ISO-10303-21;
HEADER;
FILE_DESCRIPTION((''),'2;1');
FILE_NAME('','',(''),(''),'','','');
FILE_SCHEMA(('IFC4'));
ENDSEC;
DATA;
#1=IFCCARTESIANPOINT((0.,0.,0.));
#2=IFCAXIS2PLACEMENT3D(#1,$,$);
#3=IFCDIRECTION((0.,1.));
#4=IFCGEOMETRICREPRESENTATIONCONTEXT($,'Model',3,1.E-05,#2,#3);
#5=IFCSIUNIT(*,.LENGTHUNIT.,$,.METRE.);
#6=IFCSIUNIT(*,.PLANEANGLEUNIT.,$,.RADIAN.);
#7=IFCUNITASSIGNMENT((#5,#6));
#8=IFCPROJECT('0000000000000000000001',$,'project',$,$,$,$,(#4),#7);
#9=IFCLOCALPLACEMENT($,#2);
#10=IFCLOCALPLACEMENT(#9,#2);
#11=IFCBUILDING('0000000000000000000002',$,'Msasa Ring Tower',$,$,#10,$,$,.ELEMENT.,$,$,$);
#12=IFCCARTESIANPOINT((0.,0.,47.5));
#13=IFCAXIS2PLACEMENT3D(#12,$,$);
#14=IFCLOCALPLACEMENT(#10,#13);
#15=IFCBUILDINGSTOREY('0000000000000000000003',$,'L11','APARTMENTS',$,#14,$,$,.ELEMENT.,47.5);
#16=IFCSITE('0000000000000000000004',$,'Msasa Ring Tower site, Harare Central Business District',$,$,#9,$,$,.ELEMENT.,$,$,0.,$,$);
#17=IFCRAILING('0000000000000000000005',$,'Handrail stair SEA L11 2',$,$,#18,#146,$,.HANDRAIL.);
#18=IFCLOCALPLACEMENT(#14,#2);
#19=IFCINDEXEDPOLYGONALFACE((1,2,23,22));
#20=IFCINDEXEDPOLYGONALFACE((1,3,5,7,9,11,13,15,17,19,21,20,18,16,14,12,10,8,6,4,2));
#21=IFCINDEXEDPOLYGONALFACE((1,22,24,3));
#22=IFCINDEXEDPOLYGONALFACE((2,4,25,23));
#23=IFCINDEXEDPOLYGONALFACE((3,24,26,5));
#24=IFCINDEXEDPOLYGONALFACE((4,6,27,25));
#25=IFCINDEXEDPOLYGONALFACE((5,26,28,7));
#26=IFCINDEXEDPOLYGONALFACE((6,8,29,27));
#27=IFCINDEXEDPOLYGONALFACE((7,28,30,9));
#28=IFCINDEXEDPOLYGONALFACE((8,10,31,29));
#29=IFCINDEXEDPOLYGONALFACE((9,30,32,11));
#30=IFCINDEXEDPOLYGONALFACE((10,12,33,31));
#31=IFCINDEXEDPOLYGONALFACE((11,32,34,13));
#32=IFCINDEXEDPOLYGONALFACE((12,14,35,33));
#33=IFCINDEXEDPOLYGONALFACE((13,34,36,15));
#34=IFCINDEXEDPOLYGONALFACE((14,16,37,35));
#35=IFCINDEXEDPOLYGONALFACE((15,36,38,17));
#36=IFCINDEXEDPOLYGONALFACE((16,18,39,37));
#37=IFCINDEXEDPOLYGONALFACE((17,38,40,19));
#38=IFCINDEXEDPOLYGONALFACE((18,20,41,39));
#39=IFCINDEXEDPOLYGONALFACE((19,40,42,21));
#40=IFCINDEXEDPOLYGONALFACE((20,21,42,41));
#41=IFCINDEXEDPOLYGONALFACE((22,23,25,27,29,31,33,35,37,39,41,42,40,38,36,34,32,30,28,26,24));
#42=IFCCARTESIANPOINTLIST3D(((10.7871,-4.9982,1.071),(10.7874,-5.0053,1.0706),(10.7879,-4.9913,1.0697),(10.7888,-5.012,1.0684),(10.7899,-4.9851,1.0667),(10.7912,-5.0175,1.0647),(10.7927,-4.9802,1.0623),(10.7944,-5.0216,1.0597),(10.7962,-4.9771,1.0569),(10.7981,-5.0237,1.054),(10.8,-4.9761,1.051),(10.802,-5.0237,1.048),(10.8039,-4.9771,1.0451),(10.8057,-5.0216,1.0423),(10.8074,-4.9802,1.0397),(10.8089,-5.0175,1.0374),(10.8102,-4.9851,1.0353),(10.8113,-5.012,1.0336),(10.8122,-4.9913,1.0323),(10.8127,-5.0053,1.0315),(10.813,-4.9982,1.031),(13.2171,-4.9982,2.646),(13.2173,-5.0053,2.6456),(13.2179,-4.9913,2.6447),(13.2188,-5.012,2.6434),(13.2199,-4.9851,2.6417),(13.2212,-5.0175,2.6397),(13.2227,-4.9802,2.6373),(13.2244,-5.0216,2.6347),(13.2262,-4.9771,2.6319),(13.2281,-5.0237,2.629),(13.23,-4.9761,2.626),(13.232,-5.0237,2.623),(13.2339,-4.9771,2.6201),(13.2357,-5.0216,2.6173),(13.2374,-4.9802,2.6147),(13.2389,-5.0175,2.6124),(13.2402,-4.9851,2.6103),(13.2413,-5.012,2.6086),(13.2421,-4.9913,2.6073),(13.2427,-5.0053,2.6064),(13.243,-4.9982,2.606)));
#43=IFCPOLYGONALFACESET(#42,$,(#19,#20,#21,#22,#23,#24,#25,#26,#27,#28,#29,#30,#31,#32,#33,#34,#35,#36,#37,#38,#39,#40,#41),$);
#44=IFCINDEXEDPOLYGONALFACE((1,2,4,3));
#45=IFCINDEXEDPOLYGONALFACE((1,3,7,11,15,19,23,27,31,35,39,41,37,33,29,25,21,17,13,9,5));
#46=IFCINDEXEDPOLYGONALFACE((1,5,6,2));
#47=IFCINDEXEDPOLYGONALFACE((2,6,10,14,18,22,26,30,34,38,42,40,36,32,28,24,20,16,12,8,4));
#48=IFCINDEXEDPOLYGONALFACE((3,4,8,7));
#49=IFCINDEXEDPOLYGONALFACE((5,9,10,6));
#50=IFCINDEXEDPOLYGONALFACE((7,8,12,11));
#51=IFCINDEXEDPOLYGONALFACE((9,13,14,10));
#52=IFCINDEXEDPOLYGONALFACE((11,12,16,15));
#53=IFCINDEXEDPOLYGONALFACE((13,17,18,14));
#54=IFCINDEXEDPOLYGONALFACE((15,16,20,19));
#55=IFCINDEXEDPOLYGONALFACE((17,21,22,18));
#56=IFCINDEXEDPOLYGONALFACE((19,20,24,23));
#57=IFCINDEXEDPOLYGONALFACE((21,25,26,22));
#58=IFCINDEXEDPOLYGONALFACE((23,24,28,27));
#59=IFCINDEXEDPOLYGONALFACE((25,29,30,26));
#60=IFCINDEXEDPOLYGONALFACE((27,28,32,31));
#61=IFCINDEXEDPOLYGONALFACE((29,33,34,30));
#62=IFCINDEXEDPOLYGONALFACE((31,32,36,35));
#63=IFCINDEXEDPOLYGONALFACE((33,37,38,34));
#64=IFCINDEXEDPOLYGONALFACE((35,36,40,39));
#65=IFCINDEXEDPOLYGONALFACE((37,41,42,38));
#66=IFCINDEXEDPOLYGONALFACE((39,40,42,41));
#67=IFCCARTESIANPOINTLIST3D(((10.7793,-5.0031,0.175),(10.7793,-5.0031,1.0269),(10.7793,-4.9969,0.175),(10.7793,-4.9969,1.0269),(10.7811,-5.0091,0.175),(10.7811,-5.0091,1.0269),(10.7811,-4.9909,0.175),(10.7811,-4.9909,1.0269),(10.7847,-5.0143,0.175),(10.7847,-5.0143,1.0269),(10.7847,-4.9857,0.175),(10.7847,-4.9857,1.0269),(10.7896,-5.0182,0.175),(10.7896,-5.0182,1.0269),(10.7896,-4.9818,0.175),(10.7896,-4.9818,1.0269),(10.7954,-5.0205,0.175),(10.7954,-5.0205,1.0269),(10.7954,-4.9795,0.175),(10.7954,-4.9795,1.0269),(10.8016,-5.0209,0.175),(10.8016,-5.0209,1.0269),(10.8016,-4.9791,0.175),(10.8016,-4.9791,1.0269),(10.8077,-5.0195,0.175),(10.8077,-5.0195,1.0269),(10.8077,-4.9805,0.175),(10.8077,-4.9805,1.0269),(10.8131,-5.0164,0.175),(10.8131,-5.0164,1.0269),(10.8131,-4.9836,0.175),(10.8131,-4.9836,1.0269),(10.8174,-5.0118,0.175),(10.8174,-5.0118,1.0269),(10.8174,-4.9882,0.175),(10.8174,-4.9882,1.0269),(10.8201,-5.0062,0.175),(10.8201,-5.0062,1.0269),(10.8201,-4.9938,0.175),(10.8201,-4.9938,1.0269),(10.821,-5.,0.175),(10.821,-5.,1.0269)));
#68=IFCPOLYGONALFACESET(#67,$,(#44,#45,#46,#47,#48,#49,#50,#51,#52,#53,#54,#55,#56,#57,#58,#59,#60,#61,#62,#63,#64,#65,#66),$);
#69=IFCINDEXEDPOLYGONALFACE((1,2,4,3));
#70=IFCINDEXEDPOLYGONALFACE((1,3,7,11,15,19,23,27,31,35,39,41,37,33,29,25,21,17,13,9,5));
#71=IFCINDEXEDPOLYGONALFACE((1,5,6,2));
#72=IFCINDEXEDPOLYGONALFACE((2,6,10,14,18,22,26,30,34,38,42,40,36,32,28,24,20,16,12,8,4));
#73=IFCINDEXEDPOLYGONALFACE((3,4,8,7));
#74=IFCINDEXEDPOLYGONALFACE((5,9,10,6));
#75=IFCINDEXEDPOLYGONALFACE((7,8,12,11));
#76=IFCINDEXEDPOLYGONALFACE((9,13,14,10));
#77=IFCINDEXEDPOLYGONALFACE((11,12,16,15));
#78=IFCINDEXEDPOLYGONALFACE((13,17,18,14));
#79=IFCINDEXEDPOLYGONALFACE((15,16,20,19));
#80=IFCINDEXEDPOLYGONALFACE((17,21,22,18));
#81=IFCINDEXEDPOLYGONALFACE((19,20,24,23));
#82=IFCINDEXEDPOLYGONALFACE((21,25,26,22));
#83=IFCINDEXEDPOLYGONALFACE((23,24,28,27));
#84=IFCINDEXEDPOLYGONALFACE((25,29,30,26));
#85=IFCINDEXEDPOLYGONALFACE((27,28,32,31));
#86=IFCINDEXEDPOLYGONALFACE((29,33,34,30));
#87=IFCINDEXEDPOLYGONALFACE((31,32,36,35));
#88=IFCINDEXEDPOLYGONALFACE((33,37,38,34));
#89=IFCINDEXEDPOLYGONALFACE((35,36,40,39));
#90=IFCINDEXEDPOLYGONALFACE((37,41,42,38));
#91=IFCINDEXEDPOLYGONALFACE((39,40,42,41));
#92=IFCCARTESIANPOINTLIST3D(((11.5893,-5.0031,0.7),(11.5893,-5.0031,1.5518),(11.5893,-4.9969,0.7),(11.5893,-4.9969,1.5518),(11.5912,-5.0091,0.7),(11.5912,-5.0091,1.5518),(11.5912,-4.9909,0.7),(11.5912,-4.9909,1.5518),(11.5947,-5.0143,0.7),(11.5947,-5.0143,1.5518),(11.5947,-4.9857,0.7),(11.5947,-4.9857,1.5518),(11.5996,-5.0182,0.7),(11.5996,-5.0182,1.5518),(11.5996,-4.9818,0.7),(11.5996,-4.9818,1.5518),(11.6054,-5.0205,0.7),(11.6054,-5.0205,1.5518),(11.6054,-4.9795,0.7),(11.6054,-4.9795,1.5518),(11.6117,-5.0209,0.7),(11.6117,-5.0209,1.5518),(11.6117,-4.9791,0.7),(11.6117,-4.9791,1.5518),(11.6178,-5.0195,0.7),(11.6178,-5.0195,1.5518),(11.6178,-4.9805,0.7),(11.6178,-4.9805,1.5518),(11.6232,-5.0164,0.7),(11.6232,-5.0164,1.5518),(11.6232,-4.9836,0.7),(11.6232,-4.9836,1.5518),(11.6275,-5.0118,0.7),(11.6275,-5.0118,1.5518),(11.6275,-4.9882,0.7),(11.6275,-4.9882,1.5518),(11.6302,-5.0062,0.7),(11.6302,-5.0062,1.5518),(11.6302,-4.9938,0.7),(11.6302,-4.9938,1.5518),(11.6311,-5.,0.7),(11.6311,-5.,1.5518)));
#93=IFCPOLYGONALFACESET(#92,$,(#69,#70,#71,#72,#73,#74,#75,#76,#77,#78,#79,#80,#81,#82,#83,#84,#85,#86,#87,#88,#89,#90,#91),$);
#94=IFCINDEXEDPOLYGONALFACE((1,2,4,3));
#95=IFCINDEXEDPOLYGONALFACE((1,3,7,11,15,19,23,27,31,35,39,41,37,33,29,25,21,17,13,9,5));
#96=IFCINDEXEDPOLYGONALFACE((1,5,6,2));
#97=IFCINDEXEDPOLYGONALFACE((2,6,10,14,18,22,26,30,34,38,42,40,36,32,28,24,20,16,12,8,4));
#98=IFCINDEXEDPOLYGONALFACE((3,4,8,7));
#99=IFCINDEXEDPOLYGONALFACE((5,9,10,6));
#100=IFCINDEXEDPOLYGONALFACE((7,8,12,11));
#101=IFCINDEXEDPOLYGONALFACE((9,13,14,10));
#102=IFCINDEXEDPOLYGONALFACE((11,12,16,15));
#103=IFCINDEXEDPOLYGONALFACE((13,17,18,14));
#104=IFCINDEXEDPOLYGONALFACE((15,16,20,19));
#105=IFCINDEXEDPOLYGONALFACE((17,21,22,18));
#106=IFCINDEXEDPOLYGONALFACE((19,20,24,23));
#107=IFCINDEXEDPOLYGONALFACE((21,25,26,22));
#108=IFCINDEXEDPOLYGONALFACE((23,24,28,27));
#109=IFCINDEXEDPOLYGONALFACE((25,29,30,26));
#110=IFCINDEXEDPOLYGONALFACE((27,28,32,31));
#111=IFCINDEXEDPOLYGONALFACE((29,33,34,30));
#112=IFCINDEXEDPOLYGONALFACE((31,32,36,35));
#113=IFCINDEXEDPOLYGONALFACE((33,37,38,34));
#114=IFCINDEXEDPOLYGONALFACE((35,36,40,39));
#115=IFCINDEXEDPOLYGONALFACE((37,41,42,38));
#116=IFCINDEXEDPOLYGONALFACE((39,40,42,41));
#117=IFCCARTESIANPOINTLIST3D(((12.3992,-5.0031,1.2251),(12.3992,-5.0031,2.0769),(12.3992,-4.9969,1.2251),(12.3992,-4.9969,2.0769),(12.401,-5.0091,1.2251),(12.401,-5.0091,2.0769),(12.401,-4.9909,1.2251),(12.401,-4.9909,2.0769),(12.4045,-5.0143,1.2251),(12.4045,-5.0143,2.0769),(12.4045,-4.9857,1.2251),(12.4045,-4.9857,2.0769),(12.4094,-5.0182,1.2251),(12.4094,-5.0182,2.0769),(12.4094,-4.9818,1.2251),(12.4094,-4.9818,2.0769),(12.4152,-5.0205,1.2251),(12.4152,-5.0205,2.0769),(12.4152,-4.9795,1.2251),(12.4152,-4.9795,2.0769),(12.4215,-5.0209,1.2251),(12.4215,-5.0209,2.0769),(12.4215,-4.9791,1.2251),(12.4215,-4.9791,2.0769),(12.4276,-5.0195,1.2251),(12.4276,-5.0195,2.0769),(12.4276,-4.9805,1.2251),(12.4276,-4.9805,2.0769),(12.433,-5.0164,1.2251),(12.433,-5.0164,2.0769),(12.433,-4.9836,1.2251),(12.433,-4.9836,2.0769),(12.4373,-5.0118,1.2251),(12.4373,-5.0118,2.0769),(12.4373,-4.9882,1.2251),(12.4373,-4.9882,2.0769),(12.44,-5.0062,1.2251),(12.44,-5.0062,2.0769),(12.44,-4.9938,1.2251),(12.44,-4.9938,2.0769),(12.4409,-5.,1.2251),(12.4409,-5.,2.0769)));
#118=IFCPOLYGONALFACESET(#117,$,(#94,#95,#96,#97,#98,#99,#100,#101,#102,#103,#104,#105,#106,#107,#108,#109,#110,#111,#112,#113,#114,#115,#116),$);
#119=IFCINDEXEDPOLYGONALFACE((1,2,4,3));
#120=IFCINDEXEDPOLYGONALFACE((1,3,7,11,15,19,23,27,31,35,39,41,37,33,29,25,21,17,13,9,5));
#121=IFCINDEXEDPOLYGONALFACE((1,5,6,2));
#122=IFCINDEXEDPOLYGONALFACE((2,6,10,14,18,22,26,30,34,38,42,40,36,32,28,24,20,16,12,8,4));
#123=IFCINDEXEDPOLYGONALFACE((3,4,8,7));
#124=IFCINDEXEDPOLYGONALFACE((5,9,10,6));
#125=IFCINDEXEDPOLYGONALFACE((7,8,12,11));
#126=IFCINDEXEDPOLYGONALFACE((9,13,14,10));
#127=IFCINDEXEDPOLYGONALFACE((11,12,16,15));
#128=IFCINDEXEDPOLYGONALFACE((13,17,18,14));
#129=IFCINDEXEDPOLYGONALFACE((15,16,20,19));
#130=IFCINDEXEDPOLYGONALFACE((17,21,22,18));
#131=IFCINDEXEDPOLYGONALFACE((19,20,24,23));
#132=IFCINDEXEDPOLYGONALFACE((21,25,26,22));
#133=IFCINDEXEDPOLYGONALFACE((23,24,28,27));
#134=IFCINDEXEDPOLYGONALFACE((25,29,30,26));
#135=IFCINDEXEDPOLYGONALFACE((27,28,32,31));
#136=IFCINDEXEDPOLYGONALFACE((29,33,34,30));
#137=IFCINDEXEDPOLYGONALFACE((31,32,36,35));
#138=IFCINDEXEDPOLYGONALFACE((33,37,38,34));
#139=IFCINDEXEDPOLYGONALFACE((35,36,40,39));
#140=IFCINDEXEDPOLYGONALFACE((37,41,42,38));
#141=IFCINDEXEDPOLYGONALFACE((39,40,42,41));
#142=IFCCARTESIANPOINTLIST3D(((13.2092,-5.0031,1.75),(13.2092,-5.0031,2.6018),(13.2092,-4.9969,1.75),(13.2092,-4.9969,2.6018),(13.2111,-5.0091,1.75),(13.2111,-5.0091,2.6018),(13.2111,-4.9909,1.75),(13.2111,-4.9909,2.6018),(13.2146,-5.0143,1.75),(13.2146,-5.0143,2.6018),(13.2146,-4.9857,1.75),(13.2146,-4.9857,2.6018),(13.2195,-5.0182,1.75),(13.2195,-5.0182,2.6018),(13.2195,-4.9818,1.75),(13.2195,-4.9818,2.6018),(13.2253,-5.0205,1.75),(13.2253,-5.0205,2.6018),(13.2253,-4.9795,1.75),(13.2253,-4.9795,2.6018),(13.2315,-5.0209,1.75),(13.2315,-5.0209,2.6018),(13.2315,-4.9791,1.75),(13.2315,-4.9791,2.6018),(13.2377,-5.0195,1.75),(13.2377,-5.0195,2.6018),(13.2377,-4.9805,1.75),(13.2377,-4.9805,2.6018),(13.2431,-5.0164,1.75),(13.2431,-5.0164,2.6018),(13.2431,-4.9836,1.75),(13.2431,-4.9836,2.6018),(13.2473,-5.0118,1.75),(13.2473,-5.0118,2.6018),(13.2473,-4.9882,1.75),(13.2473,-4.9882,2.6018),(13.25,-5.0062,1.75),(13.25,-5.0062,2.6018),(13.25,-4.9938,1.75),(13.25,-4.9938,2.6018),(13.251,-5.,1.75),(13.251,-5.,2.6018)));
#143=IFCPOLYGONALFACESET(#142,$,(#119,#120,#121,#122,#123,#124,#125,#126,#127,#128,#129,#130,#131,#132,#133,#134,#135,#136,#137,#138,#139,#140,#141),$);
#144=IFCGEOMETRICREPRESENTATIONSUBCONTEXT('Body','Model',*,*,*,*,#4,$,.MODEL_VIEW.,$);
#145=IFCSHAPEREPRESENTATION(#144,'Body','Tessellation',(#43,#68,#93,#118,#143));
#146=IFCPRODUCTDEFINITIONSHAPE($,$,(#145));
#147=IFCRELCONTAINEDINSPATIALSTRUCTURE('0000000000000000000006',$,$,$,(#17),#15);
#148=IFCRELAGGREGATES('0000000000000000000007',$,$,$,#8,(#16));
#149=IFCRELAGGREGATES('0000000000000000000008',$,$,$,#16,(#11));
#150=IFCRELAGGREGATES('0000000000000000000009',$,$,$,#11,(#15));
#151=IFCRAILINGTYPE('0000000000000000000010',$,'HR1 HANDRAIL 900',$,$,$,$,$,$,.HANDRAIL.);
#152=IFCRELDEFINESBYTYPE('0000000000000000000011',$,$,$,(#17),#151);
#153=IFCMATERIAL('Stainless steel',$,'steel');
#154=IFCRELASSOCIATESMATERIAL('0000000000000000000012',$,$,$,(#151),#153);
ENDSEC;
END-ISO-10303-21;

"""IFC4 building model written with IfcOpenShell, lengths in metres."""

from ifc_helpers import new_model, si_unit, direction, frame, origin, origin_2d, place, context, subcontext, project, spatial, circle, extrude, material, type_object, element, save


model = new_model("IFC4")

# Units and contexts
model_context = context("Model", 3, precision=1e-05, world=origin(), true_north=direction((0.0, 1.0)))
body_context = subcontext(model_context, "Body", "Model", "MODEL_VIEW")
ifc_project = project(units=[si_unit("LENGTHUNIT", "METRE"), si_unit("PLANEANGLEUNIT", "RADIAN")], contexts=[model_context])

# Site, building, storey
site_placement = place(None, origin())
site = spatial("IfcSite", under=ifc_project, at=site_placement, Name="Msasa Ring Tower site, Harare Central Business District", CompositionType="ELEMENT", RefElevation=0.0)
building_placement = place(site_placement, origin())
building = spatial("IfcBuilding", under=site, at=building_placement, Name="Msasa Ring Tower", CompositionType="ELEMENT")
storey_placement = place(building_placement, frame((0.0, 0.0, 47.5)))
storey = spatial("IfcBuildingStorey", under=building, at=storey_placement, Name="L11", Description="APARTMENTS", CompositionType="ELEMENT", Elevation=47.5)

# Railing
ifc_material_1 = material(Name="Stainless steel", Category="steel")
railing_type = type_object("IfcRailingType", Name="HR1 HANDRAIL 900", PredefinedType="HANDRAIL", material=ifc_material_1)
for number, where, name in (
    (1, (10.8, -5.0, 0.175), "Handrail stair SEA L11 2"),
):
    element("IfcRailing", number, at=place(storey_placement, frame(where)), inside=storey, type_object=railing_type, Name=name, PredefinedType="HANDRAIL", context=body_context, shape_type="SweptSolid", body=[
        extrude(circle(Radius=0.0239, at=origin_2d()), frame((0.0, 0.0, 0.876), z_axis=(0.839154, 0.0, 0.543894), x_axis=(0.0, 1.0, 0.0)), (0.0, 0.0, 1.0), 2.8958),
        extrude(circle(Radius=0.021, at=origin_2d()), origin(), (0.0, 0.0, 1.0), 0.8518),
        extrude(circle(Radius=0.021, at=origin_2d()), frame((0.8101, 0.0, 0.5249)), (0.0, 0.0, 1.0), 0.8518),
        extrude(circle(Radius=0.021, at=origin_2d()), frame((1.6199, 0.0, 1.05)), (0.0, 0.0, 1.0), 0.8518),
        extrude(circle(Radius=0.021, at=origin_2d()), frame((2.4299, 0.0, 1.575)), (0.0, 0.0, 1.0), 0.8518),
    ])

save(model, "model.ifc")
